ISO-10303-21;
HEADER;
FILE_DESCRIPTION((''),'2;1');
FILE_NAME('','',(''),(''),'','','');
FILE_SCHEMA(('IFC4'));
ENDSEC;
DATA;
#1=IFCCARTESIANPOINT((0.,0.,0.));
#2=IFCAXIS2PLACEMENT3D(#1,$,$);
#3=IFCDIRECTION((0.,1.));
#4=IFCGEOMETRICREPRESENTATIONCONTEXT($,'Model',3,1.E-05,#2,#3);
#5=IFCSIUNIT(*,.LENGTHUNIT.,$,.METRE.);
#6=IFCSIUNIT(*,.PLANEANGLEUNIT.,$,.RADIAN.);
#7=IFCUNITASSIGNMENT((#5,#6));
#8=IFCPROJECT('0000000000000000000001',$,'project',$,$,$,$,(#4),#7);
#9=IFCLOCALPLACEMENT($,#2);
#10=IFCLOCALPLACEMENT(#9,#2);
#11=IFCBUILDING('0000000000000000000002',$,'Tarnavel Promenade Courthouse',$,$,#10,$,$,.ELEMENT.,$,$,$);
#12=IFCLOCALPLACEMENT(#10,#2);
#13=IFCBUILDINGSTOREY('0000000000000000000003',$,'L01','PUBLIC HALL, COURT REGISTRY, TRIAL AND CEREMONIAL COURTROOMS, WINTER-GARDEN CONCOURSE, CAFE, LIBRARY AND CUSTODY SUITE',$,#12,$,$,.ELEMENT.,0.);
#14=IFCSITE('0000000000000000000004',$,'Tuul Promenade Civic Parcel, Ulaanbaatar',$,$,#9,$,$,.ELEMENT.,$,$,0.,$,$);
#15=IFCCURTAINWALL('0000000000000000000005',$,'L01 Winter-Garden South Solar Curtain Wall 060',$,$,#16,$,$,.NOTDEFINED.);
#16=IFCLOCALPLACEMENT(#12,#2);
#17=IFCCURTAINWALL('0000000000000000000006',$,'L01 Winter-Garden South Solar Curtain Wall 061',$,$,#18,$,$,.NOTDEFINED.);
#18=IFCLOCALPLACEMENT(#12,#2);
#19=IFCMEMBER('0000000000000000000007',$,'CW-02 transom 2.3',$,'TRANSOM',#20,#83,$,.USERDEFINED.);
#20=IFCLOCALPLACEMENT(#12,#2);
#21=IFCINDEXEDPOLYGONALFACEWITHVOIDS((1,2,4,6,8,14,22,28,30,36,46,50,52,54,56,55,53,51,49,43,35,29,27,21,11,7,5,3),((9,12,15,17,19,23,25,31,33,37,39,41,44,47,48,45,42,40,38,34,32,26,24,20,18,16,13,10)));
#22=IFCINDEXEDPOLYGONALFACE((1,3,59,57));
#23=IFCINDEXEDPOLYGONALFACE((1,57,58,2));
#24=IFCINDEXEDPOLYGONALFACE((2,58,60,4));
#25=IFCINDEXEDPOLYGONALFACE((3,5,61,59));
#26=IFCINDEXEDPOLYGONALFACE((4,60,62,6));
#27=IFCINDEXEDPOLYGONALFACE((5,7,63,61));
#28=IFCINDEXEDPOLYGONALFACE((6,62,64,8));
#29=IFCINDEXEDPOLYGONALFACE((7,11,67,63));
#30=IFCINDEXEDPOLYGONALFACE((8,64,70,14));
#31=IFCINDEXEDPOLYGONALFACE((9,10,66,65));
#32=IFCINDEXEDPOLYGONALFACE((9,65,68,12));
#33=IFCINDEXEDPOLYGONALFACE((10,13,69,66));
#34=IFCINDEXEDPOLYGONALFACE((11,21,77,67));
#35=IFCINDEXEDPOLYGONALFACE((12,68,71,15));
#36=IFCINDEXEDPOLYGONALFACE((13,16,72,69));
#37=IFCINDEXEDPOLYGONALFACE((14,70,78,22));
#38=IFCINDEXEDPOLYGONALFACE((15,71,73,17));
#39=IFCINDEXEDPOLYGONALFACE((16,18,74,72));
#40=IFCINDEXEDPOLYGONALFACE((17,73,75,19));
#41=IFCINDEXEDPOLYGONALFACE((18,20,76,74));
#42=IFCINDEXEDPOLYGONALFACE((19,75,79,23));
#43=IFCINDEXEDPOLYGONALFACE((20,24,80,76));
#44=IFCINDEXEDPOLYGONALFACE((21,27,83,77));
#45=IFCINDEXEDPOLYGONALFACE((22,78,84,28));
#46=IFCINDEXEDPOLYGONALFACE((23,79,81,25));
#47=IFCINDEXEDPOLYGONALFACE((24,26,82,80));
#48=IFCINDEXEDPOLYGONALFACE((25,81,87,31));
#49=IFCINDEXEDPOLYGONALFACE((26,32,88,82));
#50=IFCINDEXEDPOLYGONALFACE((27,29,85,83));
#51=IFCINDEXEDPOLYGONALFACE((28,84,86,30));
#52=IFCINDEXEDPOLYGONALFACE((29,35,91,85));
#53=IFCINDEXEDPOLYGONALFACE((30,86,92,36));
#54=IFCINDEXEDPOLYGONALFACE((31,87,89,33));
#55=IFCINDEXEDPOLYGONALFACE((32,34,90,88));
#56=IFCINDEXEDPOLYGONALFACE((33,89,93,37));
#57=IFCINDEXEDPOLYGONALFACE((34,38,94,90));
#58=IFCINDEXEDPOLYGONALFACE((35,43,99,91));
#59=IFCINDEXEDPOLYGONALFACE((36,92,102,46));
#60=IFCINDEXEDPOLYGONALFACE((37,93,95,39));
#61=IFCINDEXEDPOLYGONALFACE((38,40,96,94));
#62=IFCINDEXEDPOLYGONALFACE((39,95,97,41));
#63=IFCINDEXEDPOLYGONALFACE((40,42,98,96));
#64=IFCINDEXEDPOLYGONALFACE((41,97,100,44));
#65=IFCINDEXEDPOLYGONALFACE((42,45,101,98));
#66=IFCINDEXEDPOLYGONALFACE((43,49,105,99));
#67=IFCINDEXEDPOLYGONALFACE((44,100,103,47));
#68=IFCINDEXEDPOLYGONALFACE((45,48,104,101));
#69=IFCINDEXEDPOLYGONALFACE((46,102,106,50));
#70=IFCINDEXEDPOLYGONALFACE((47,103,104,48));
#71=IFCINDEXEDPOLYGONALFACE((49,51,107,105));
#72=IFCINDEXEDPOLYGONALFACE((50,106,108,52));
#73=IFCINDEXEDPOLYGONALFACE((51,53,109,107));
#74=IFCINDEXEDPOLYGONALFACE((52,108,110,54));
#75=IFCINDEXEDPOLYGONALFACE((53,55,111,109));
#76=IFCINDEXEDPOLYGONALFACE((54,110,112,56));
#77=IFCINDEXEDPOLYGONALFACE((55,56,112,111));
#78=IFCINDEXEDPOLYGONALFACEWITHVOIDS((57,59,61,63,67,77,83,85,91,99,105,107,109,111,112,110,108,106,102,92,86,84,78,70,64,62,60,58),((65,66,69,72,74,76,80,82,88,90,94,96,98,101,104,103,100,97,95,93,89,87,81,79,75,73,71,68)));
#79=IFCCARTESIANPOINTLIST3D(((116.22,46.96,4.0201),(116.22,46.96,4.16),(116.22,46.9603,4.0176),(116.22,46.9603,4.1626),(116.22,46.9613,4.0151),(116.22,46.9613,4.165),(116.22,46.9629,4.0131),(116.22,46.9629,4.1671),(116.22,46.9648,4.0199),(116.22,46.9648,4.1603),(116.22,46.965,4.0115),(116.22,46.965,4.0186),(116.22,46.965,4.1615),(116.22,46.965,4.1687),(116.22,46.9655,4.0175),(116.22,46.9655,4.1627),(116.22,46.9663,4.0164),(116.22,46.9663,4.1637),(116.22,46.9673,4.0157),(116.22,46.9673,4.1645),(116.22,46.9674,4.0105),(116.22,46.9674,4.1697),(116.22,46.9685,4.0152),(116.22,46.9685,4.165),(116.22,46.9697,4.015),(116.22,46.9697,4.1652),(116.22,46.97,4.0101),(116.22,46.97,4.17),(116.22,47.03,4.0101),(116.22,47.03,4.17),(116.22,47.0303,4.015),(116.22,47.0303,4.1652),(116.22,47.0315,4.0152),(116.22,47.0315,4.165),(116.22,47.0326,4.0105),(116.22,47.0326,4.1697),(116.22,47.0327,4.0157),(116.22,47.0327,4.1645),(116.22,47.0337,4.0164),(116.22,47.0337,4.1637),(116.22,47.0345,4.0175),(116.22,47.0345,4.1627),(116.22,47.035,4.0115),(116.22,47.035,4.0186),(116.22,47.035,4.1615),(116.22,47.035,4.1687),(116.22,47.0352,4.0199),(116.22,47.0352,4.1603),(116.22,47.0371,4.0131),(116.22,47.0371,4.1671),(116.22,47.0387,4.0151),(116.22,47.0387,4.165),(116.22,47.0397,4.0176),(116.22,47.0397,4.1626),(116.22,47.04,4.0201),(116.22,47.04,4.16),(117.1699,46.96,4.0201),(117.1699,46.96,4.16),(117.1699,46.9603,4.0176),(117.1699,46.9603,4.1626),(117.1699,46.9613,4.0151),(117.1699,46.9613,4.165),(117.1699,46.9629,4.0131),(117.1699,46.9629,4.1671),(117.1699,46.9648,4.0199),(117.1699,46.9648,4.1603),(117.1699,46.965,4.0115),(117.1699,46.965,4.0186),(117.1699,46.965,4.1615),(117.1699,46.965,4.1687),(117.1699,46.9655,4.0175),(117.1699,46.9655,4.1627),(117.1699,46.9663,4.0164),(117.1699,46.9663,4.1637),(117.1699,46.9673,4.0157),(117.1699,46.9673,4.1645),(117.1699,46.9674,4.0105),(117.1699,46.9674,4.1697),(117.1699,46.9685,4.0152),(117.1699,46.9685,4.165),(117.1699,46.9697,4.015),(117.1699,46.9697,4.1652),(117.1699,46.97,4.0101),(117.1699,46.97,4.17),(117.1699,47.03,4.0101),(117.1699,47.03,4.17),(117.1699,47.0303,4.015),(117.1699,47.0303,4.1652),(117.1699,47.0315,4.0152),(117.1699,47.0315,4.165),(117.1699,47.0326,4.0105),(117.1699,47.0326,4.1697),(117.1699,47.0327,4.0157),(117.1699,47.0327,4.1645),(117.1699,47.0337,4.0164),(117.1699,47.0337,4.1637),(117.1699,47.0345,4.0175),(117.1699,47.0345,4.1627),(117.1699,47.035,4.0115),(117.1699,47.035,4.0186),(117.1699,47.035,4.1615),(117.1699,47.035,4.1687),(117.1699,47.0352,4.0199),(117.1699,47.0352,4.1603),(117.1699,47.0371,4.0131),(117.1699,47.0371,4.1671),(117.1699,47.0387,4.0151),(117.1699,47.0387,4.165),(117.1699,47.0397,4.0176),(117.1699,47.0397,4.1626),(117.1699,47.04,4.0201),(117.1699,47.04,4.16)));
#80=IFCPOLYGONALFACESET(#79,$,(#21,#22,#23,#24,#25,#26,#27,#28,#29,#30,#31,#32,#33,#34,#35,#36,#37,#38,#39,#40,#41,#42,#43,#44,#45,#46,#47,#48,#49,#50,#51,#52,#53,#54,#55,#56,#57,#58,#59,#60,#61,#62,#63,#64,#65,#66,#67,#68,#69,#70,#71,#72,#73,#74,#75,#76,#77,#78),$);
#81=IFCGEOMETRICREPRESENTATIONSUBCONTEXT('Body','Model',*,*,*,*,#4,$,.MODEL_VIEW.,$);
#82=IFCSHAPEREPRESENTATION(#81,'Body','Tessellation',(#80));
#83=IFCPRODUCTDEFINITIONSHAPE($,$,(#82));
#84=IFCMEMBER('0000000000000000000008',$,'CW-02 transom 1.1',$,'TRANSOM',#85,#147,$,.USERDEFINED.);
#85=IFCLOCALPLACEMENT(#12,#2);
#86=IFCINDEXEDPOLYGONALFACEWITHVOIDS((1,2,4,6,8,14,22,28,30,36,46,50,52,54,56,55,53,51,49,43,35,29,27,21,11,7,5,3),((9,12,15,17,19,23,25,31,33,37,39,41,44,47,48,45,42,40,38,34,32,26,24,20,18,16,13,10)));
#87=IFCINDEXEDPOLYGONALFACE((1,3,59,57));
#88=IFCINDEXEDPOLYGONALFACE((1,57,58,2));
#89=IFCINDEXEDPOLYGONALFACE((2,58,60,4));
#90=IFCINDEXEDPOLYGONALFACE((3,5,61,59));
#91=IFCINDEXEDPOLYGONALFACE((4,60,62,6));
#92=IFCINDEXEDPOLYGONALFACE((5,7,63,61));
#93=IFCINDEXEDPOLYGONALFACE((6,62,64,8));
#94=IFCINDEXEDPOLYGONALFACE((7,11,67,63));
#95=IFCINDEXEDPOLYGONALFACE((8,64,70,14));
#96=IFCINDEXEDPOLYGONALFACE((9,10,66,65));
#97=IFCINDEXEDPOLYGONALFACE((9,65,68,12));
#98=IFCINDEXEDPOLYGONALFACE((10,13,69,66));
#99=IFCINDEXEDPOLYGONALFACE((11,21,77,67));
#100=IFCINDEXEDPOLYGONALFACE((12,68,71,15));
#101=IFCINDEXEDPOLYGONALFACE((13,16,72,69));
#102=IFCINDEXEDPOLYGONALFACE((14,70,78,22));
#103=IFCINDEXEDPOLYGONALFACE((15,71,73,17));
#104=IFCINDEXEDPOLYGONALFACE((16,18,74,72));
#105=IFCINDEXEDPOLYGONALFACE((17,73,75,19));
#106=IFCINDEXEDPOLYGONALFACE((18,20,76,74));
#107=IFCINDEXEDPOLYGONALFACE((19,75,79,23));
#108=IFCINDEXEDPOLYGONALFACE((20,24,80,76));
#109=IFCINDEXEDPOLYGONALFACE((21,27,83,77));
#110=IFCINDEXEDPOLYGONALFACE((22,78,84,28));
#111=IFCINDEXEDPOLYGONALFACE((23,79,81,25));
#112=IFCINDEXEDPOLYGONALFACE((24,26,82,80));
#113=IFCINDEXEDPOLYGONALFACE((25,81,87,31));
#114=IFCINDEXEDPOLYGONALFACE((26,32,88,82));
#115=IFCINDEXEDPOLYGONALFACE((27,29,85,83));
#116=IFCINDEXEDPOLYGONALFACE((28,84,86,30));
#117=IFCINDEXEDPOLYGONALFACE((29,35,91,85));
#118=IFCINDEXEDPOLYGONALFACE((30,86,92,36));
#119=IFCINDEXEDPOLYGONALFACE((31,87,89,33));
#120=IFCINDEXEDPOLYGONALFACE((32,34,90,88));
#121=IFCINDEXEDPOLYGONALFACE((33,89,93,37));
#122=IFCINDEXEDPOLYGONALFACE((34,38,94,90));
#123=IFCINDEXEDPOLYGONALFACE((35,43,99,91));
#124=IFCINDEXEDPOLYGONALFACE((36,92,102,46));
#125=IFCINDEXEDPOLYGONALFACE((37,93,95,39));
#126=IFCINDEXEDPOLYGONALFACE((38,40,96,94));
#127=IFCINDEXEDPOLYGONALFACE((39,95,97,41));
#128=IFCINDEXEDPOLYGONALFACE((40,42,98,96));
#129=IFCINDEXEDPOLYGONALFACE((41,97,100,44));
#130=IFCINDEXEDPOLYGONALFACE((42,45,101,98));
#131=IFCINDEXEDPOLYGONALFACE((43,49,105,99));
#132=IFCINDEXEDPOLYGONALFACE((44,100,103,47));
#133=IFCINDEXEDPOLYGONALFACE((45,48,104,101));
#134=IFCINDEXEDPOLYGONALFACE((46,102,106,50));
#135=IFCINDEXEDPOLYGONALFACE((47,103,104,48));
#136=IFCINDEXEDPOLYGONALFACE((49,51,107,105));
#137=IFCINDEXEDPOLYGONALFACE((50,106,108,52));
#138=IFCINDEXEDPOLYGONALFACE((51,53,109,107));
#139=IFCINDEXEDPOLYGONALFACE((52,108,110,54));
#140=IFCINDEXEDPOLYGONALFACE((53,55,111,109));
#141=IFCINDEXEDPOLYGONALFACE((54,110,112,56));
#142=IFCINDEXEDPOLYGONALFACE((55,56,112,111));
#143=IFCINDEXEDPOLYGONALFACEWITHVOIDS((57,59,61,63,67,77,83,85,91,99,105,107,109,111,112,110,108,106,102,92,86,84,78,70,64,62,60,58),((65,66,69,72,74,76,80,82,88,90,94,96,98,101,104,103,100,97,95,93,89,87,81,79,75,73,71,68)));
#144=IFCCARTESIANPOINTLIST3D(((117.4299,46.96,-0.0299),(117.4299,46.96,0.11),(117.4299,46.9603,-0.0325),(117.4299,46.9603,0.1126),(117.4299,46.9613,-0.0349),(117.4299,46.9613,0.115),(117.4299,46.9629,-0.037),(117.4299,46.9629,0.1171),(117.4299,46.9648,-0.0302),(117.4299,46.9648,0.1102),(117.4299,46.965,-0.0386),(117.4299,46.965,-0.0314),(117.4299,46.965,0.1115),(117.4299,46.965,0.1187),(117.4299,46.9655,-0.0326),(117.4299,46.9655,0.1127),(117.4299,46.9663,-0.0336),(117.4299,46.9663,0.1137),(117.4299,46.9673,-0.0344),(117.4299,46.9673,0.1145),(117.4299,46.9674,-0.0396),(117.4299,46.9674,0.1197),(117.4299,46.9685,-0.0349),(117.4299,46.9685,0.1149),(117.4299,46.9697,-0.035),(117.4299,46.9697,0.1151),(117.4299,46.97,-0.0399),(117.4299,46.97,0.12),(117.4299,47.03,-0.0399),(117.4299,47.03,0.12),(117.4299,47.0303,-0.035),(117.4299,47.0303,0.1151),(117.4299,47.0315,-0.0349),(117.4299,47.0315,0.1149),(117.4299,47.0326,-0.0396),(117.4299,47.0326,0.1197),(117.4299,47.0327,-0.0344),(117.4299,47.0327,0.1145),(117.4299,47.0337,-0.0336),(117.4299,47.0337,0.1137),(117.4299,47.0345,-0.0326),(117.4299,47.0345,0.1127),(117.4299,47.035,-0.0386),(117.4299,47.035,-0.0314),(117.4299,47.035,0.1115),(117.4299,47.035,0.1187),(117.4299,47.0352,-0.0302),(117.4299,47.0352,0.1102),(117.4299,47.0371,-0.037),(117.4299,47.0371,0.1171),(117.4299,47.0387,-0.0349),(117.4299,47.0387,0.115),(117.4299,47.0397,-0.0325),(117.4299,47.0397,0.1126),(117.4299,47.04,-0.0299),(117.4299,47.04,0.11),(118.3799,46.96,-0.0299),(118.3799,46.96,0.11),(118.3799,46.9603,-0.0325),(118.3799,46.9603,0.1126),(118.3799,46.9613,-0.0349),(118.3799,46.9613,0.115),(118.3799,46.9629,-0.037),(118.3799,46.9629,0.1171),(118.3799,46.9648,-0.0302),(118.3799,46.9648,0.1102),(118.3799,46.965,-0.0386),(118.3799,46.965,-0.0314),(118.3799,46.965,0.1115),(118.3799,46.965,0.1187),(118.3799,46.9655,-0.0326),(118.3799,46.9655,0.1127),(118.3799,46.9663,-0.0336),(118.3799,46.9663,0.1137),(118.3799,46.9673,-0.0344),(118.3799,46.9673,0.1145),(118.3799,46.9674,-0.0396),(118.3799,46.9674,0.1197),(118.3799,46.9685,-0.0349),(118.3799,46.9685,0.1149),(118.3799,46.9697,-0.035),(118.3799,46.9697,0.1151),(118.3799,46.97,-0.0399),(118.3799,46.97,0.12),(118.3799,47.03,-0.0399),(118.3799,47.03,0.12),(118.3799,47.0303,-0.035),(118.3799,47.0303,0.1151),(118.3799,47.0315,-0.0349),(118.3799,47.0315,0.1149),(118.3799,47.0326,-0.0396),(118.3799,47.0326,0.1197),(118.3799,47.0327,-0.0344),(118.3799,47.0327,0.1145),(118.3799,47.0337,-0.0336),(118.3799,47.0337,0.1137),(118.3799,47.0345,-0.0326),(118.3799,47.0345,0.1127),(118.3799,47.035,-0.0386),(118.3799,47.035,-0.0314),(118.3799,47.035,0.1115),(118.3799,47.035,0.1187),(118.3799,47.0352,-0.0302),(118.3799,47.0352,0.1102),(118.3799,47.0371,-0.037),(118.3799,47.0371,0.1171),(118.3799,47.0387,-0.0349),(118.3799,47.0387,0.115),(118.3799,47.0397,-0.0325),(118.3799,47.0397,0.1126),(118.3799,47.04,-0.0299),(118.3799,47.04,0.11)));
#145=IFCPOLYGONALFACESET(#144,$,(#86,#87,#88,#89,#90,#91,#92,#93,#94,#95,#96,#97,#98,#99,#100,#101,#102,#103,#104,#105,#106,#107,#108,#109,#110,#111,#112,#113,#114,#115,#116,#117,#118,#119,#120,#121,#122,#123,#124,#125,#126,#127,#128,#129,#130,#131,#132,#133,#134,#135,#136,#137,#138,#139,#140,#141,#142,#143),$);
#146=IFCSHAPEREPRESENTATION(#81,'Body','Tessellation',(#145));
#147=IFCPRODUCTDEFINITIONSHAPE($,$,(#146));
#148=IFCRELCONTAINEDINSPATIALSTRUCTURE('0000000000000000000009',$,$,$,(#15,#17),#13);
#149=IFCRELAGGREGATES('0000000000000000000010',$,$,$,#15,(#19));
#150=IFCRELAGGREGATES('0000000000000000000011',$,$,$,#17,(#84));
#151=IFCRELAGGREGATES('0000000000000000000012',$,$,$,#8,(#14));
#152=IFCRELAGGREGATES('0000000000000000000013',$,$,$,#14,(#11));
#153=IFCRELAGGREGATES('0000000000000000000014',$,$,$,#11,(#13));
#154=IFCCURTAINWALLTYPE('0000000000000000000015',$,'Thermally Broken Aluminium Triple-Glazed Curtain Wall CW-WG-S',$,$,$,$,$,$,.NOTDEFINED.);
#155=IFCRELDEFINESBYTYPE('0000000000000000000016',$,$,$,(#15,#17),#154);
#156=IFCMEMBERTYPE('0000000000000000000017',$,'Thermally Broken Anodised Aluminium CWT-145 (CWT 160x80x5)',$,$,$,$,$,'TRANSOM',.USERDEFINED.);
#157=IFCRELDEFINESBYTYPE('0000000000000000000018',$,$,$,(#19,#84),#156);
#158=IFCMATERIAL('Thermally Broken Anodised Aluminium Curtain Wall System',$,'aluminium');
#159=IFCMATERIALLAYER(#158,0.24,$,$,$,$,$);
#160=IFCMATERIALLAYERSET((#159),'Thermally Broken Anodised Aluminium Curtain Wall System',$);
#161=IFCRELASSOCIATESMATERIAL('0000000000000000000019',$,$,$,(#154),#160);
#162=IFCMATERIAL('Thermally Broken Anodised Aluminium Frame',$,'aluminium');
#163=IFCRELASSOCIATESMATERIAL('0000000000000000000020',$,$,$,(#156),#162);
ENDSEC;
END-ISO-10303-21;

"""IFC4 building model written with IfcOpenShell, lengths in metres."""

from ifc_helpers import new_model, si_unit, direction, frame, origin, origin_2d, place, context, subcontext, project, spatial, hollow_rectangle, extrude, material, layer, layer_set, material_profile, profile_set, type_object, element, aggregate, save


model = new_model("IFC4")

# Units and contexts
model_context = context("Model", 3, precision=1e-05, world=origin(), true_north=direction((0.0, 1.0)))
body_context = subcontext(model_context, "Body", "Model", "MODEL_VIEW")
ifc_project = project(units=[si_unit("LENGTHUNIT", "METRE"), si_unit("PLANEANGLEUNIT", "RADIAN")], contexts=[model_context])

# Site, building, storey
site_placement = place(None, origin())
site = spatial("IfcSite", under=ifc_project, at=site_placement, Name="Tuul Promenade Civic Parcel, Ulaanbaatar", CompositionType="ELEMENT", RefElevation=0.0)
building_placement = place(site_placement, origin())
building = spatial("IfcBuilding", under=site, at=building_placement, Name="Tarnavel Promenade Courthouse", CompositionType="ELEMENT")
storey_placement = place(building_placement, origin())
storey = spatial("IfcBuildingStorey", under=building, at=storey_placement, Name="L01", Description="PUBLIC HALL, COURT REGISTRY, TRIAL AND CEREMONIAL COURTROOMS, WINTER-GARDEN CONCOURSE, CAFE, LIBRARY AND CUSTODY SUITE", CompositionType="ELEMENT", Elevation=0.0)

# Curtain walls
ifc_material_1 = material(Name="Thermally Broken Anodised Aluminium Curtain Wall System", Category="aluminium")
ifc_layer_1 = layer(ifc_material_1, 0.24)
ifc_layer_set_1 = layer_set([ifc_layer_1], Name="Thermally Broken Anodised Aluminium Curtain Wall System")
curtain_wall_type = type_object("IfcCurtainWallType", Name="Thermally Broken Aluminium Triple-Glazed Curtain Wall CW-WG-S", PredefinedType="NOTDEFINED", material=ifc_layer_set_1)
curtain_wall_1_placement = place(storey_placement, origin())
curtain_wall_1 = element("IfcCurtainWall", 1, at=curtain_wall_1_placement, inside=storey, type_object=curtain_wall_type, Name="L01 Winter-Garden South Solar Curtain Wall 060", PredefinedType="NOTDEFINED")
ifc_material_2 = material(Name="Thermally Broken Anodised Aluminium Frame", Category="aluminium")
curtain_wall_2_placement = place(storey_placement, origin())
curtain_wall_2 = element("IfcCurtainWall", 2, at=curtain_wall_2_placement, inside=storey, type_object=curtain_wall_type, Name="L01 Winter-Garden South Solar Curtain Wall 061", PredefinedType="NOTDEFINED")

# Members
ifc_material_profile_1 = material_profile(ifc_material_2, hollow_rectangle(XDim=0.0801, YDim=0.1599, WallThickness=0.0049, InnerFilletRadius=0.0049, OuterFilletRadius=0.01, at=origin_2d()), Name="CWT 160x80x5")
ifc_profile_set_1 = profile_set([ifc_material_profile_1], Name="Thermally Broken Anodised Aluminium Frame")
member_type_1 = type_object("IfcMemberType", Name="Thermally Broken Anodised Aluminium CWT-145 (CWT 160x80x5)", ElementType="TRANSOM", PredefinedType="USERDEFINED", material=ifc_profile_set_1)
member_1_placement = place(storey_placement, frame((116.22, 47.0, 4.0901), z_axis=(1.0, 0.0, 0.0), x_axis=(0.0, 1.0, 0.0)))
member_1 = element("IfcMember", 3, at=member_1_placement, type_object=member_type_1, Name="CW-02 transom 2.3", ObjectType="TRANSOM", PredefinedType="USERDEFINED", context=body_context, shape_type="SweptSolid", body=[
    extrude(hollow_rectangle(XDim=0.0801, YDim=0.1599, WallThickness=0.0049, InnerFilletRadius=0.0049, OuterFilletRadius=0.01, at=origin_2d()), origin(), (0.0, 0.0, 1.0), 0.95),
])
member_2_placement = place(storey_placement, frame((117.4299, 47.0, 0.04), z_axis=(1.0, 0.0, 0.0), x_axis=(0.0, 1.0, 0.0)))
member_2 = element("IfcMember", 4, at=member_2_placement, type_object=member_type_1, Name="CW-02 transom 1.1", ObjectType="TRANSOM", PredefinedType="USERDEFINED", context=body_context, shape_type="SweptSolid", body=[
    extrude(hollow_rectangle(XDim=0.0801, YDim=0.1599, WallThickness=0.0049, InnerFilletRadius=0.0049, OuterFilletRadius=0.01, at=origin_2d()), origin(), (0.0, 0.0, 1.0), 0.95),
])

aggregate(curtain_wall_1, [member_1])
aggregate(curtain_wall_2, [member_2])

save(model, "model.ifc")
